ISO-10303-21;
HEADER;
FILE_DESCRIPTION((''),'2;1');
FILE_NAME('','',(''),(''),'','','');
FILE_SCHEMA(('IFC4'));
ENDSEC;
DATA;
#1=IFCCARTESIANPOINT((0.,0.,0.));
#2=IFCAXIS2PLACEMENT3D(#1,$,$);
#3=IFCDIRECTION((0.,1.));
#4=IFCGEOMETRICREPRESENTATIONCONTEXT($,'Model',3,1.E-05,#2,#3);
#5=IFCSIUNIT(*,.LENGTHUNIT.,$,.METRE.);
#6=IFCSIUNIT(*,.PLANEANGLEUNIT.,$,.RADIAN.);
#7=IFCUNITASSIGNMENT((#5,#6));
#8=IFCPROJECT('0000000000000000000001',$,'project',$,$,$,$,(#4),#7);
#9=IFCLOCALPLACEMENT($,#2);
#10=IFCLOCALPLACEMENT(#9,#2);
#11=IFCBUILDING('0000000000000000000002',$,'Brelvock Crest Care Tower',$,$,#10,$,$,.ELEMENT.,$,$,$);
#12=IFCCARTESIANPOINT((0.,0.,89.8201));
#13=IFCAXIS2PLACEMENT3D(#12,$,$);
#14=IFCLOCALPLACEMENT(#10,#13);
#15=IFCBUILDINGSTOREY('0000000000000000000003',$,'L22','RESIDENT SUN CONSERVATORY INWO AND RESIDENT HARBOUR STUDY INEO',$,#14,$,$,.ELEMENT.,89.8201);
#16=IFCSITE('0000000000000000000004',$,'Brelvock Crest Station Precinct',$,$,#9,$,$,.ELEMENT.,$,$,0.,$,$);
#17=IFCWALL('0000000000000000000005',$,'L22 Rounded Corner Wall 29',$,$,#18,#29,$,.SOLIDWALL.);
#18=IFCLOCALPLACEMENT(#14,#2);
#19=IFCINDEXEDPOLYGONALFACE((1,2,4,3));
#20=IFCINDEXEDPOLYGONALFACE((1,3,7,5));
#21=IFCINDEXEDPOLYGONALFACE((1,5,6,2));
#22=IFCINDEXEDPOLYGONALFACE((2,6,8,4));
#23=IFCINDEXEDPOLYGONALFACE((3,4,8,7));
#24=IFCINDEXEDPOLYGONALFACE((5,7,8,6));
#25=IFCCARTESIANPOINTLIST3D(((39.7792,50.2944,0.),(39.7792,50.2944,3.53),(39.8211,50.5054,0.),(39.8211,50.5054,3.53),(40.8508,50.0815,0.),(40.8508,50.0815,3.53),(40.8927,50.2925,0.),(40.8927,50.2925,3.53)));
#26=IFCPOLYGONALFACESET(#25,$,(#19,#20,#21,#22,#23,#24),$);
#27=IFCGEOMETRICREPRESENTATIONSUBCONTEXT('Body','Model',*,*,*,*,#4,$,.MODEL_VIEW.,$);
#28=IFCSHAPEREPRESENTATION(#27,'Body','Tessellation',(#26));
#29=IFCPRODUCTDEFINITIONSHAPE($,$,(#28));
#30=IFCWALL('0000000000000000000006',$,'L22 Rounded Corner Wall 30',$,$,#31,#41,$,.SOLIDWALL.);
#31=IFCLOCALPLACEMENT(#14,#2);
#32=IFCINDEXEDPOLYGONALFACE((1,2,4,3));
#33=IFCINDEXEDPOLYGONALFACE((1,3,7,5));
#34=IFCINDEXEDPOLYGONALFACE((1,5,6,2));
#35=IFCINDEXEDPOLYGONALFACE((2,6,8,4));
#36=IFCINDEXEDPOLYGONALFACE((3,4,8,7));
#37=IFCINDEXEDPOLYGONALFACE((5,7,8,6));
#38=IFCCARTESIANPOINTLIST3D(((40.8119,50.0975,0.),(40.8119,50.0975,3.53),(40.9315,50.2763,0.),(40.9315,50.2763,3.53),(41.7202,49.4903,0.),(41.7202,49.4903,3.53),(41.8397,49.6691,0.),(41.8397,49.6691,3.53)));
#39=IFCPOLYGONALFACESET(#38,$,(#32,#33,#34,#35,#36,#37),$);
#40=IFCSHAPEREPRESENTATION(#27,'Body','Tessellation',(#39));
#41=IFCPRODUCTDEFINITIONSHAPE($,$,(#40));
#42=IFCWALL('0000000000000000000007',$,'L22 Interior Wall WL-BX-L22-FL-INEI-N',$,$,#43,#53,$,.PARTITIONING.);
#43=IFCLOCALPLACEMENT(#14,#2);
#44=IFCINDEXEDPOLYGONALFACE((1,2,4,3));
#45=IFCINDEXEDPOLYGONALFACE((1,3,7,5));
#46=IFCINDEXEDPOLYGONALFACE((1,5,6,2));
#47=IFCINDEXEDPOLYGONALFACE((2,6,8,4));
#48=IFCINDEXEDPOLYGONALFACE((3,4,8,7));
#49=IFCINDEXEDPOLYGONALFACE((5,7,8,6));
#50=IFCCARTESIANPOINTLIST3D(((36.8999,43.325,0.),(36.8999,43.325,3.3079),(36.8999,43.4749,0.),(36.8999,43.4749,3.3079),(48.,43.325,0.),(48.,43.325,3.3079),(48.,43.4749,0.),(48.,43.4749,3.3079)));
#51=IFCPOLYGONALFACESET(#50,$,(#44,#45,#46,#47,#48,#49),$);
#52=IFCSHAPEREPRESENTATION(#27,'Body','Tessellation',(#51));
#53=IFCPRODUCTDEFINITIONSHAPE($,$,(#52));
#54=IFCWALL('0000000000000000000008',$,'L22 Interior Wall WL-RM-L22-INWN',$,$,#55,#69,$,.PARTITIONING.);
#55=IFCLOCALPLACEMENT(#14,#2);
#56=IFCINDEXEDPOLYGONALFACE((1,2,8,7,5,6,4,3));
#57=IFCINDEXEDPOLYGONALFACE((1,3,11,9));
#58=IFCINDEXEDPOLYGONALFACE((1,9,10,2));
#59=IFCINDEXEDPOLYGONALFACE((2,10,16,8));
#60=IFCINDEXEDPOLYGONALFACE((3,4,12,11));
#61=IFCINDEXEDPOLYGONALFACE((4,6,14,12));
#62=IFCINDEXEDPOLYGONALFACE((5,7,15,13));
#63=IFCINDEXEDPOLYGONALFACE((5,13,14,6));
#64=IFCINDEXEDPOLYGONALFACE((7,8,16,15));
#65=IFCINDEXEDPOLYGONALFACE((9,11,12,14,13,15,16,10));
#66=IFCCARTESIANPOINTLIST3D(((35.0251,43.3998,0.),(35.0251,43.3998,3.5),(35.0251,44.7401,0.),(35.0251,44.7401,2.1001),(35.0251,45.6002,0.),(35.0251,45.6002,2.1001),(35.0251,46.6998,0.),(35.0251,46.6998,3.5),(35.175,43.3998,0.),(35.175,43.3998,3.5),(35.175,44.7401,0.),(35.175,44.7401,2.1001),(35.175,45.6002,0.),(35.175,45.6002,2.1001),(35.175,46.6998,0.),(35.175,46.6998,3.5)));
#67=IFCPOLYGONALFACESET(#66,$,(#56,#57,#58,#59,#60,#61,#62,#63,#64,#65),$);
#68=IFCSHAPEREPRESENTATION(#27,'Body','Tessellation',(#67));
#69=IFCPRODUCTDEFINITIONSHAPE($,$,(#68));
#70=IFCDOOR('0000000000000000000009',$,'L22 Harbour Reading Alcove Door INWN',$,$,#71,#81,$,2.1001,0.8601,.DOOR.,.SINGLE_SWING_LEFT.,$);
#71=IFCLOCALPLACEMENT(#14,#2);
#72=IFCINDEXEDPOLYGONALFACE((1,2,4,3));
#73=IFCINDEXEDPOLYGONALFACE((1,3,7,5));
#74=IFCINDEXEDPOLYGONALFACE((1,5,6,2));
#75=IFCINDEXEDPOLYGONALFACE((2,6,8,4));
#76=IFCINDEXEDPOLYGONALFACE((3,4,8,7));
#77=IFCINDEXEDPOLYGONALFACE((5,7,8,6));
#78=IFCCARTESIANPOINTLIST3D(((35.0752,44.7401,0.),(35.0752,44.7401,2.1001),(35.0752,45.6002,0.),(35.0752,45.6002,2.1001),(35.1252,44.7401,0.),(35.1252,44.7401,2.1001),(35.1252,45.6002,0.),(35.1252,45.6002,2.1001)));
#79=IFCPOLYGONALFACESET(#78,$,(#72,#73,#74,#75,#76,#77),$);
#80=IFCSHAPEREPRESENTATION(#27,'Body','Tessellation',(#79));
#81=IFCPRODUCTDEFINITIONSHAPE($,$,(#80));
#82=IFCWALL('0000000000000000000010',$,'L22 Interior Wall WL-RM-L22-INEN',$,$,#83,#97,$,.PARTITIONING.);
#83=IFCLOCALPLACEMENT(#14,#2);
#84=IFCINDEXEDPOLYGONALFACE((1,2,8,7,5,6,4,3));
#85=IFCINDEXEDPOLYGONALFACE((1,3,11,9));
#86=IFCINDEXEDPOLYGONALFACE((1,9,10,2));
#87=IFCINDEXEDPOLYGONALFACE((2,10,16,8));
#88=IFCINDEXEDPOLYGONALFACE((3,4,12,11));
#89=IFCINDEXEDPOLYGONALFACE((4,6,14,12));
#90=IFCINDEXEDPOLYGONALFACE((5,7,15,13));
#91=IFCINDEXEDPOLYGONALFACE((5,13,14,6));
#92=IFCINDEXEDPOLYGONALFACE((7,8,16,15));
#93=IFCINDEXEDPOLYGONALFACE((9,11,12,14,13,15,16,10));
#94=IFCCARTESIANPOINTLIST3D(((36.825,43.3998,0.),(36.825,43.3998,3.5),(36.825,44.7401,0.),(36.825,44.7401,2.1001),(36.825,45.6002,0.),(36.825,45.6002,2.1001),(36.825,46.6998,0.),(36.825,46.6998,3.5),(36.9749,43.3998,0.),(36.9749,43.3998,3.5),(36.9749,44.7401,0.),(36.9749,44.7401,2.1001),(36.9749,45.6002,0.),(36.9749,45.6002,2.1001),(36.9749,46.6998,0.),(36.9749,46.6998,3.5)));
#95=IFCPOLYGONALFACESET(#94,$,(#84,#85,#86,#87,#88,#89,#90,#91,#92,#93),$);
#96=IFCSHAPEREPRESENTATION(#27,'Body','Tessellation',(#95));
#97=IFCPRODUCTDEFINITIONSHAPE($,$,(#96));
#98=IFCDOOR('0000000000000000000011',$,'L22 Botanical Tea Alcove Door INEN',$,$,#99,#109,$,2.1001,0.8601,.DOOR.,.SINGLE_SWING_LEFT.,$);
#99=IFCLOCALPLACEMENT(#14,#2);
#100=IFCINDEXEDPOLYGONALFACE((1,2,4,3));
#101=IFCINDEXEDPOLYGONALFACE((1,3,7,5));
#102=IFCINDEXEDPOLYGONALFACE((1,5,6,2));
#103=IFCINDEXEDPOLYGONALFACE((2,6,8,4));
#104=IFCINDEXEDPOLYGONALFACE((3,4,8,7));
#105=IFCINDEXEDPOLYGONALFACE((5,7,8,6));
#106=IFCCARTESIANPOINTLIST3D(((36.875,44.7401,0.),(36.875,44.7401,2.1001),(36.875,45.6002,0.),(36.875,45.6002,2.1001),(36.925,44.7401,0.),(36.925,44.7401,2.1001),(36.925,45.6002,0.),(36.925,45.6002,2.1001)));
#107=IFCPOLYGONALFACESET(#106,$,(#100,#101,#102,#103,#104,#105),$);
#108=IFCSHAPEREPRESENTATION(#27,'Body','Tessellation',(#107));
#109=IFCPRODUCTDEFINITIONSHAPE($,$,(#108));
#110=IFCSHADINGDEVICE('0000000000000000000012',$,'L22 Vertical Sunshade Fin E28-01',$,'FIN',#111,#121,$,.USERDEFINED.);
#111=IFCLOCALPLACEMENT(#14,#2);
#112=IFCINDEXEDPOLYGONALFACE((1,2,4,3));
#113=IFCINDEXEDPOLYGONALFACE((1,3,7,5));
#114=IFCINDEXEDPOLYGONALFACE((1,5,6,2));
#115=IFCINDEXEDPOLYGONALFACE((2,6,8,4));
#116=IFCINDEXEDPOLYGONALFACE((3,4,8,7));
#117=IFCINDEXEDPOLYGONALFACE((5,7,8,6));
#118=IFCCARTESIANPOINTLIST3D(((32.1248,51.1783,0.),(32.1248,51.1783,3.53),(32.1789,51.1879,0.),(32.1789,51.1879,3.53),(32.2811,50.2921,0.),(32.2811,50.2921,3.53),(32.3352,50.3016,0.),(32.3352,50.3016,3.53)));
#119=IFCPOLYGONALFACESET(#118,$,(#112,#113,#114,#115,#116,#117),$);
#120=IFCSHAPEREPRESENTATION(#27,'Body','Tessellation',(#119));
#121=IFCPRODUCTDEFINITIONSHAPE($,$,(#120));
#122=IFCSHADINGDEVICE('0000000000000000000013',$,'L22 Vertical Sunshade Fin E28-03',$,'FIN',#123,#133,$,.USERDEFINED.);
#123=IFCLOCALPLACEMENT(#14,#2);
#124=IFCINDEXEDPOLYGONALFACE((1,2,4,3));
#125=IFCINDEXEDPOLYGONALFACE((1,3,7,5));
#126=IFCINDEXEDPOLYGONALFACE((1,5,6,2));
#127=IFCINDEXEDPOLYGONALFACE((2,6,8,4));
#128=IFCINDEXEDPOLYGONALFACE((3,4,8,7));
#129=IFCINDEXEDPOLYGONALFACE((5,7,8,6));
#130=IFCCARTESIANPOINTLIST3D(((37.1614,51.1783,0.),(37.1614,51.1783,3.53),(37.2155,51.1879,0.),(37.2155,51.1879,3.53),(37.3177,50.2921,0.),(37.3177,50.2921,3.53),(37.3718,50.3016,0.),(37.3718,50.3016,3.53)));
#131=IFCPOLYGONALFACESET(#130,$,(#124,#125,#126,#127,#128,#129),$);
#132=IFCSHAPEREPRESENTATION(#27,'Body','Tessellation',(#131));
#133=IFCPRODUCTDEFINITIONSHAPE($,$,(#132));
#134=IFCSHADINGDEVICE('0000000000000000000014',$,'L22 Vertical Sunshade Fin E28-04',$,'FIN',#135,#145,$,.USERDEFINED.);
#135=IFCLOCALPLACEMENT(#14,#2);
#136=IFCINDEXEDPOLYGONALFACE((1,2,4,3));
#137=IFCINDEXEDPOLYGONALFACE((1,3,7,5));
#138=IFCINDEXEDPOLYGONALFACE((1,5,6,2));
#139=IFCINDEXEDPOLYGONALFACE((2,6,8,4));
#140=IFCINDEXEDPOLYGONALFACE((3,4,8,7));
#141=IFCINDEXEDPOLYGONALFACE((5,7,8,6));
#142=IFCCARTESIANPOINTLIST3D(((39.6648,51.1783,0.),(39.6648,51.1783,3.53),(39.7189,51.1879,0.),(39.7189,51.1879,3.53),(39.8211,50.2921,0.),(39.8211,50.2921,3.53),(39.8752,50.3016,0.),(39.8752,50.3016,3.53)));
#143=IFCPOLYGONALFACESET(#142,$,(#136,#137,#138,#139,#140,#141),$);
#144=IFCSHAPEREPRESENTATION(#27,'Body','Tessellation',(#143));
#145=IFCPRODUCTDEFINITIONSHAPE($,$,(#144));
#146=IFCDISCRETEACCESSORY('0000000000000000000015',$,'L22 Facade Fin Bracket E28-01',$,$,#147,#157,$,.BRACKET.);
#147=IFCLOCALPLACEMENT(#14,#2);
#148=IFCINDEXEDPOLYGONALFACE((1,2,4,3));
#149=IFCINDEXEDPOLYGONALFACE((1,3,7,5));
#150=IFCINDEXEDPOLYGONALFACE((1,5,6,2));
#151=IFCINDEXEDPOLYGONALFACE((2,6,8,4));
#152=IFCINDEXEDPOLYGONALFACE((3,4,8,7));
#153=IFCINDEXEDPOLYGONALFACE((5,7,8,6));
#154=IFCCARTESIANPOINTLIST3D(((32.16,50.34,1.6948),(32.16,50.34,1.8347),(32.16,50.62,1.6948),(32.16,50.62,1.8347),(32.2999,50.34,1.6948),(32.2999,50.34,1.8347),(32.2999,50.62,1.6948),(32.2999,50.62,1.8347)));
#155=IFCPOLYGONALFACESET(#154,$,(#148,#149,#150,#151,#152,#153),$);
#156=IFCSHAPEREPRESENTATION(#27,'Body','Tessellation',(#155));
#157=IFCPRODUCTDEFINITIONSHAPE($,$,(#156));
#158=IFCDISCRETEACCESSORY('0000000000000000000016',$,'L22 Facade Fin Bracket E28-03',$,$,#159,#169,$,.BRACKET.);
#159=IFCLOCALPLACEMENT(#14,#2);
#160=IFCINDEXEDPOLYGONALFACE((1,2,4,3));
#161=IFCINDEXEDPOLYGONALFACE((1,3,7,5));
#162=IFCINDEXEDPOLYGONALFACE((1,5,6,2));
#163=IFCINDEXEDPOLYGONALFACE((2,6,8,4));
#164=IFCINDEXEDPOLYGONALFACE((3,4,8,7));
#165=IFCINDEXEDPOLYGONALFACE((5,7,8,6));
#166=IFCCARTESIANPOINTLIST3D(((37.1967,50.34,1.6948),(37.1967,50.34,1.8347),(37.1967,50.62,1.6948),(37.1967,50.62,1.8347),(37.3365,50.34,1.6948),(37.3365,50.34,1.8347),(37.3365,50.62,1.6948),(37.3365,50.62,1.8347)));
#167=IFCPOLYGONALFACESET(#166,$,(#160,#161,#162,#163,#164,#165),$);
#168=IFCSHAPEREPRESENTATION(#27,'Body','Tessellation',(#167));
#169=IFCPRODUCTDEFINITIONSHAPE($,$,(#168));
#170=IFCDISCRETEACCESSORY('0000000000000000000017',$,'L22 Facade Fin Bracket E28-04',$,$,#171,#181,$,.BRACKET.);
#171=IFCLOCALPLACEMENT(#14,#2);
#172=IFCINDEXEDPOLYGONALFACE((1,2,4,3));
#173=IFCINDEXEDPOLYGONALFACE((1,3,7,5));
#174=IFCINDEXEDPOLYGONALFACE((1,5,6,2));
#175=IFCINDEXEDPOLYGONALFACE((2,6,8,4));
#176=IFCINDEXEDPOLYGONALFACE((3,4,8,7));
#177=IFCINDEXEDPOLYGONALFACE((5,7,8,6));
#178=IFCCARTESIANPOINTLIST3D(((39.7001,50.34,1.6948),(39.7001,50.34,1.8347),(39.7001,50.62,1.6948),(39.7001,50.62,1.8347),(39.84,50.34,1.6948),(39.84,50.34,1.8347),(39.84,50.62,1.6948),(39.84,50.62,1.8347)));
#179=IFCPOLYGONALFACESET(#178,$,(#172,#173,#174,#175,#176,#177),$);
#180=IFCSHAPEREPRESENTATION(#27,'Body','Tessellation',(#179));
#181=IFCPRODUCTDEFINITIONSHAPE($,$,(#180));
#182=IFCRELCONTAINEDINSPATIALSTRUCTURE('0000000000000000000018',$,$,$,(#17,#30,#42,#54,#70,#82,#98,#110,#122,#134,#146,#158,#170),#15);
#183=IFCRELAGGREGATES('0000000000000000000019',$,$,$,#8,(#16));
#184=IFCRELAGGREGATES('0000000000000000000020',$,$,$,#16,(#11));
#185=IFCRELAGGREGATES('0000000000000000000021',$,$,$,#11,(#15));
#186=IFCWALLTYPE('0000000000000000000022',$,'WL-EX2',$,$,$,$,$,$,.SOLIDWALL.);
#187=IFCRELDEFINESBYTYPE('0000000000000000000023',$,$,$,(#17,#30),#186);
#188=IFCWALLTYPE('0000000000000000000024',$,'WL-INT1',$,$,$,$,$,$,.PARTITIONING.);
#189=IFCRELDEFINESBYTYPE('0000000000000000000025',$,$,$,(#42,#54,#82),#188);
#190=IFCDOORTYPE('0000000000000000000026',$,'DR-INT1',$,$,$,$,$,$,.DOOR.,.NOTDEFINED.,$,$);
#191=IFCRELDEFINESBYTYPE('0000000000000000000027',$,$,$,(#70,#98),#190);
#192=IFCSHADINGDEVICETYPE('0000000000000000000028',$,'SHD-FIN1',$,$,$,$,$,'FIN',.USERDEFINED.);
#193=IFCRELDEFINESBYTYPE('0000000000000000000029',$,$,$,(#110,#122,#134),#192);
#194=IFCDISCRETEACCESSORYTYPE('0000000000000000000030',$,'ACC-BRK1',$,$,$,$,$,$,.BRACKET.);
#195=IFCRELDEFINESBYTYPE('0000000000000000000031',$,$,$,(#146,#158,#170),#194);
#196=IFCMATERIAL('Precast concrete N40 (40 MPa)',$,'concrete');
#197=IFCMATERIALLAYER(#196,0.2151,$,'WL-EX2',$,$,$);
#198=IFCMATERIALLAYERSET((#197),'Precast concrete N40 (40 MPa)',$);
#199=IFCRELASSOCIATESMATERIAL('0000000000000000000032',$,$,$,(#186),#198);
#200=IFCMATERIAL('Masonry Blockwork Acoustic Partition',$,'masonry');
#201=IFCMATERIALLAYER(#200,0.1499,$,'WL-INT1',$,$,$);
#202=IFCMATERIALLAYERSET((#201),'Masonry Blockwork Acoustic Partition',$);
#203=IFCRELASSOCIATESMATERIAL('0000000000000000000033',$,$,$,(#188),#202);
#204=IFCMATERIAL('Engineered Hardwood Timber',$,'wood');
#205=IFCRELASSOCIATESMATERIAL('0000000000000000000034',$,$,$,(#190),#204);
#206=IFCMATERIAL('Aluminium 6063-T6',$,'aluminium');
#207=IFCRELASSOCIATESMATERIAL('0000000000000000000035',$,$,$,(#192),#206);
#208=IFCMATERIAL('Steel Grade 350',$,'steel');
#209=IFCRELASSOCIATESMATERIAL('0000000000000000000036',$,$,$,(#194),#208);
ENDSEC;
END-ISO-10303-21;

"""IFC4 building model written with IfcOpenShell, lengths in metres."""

from ifc_helpers import new_model, si_unit, direction, frame, frame_2d, origin, origin_2d, place, context, subcontext, project, spatial, rectangle, extrude, source, transform, mapped, material, layer, layer_set, material_profile, profile_set, type_object, element, fill, save


model = new_model("IFC4")

# Units and contexts
model_context = context("Model", 3, precision=1e-05, world=origin(), true_north=direction((0.0, 1.0)))
body_context = subcontext(model_context, "Body", "Model", "MODEL_VIEW")
ifc_project = project(units=[si_unit("LENGTHUNIT", "METRE"), si_unit("PLANEANGLEUNIT", "RADIAN")], contexts=[model_context])

# Site, building, storey
site_placement = place(None, origin())
site = spatial("IfcSite", under=ifc_project, at=site_placement, Name="Brelvock Crest Station Precinct", CompositionType="ELEMENT", RefElevation=0.0)
building_placement = place(site_placement, origin())
building = spatial("IfcBuilding", under=site, at=building_placement, Name="Brelvock Crest Care Tower", CompositionType="ELEMENT")
storey_placement = place(building_placement, frame((0.0, 0.0, 89.8201)))
storey = spatial("IfcBuildingStorey", under=building, at=storey_placement, Name="L22", Description="RESIDENT SUN CONSERVATORY INWO AND RESIDENT HARBOUR STUDY INEO", CompositionType="ELEMENT", Elevation=89.8201)

# Shared definitions
ifc_material_1 = material(Name="Steel Grade 350", Category="steel")

# Shared definitions
ifc_material_2 = material(Name="Aluminium 6063-T6", Category="aluminium")

# Walls
ifc_material_3 = material(Name="Precast concrete N40 (40 MPa)", Category="concrete")
ifc_layer_1 = layer(ifc_material_3, 0.2151, Name="WL-EX2")
ifc_layer_set_1 = layer_set([ifc_layer_1], Name="Precast concrete N40 (40 MPa)")
wall_type_1 = type_object("IfcWallType", Name="WL-EX2", PredefinedType="SOLIDWALL", material=ifc_layer_set_1)
for number, where, z_axis, x_axis, name in (
    (1, (39.8, 50.3999, 0.0), (0.0, 0.0, 1.0), (0.980829, -0.19487, 0.0), "L22 Rounded Corner Wall 29"),
    (2, (40.8716, 50.187, 0.0), (0.0, 0.0, 1.0), (0.831328, -0.555783, 0.0), "L22 Rounded Corner Wall 30"),
):
    element("IfcWall", number, at=place(storey_placement, frame(where, z_axis=z_axis, x_axis=x_axis)), inside=storey, type_object=wall_type_1, Name=name, PredefinedType="SOLIDWALL", context=body_context, shape_type="SweptSolid", body=[
        extrude(rectangle(XDim=1.0925, YDim=0.2151, at=frame_2d((0.5464, 0.0))), origin(), (0.0, 0.0, 1.0), 3.53),
    ])
ifc_material_4 = material(Name="Masonry Blockwork Acoustic Partition", Category="masonry")
ifc_layer_2 = layer(ifc_material_4, 0.1499, Name="WL-INT1")
ifc_layer_set_2 = layer_set([ifc_layer_2], Name="Masonry Blockwork Acoustic Partition")
wall_type_2 = type_object("IfcWallType", Name="WL-INT1", PredefinedType="PARTITIONING", material=ifc_layer_set_2)
wall_1_placement = place(storey_placement, frame((36.8999, 43.3999, 0.0), z_axis=(0.0, 0.0, 1.0), x_axis=(1.0, 0.0, 0.0)))
element("IfcWall", 3, at=wall_1_placement, inside=storey, type_object=wall_type_2, Name="L22 Interior Wall WL-BX-L22-FL-INEI-N", PredefinedType="PARTITIONING", context=body_context, shape_type="SweptSolid", body=[
    extrude(rectangle(XDim=11.1001, YDim=0.1499, at=frame_2d((5.55, 0.0))), origin(), (0.0, 0.0, 1.0), 3.3079),
])

# Walls, openings, doors
wall_2_placement = place(storey_placement, frame((35.1001, 43.3999, 0.0), z_axis=(0.0, 0.0, 1.0), x_axis=(0.0, 1.0, 0.0)))
wall_2 = element("IfcWall", 4, at=wall_2_placement, inside=storey, type_object=wall_type_2, Name="L22 Interior Wall WL-RM-L22-INWN", PredefinedType="PARTITIONING", context=body_context, shape_type="SweptSolid", body=[
    extrude(rectangle(XDim=3.3, YDim=0.1499, at=frame_2d((1.6499, 0.0))), origin(), (0.0, 0.0, 1.0), 3.5),
])
opening_1_placement = place(wall_2_placement, frame((1.3401, 0.0, 0.0)))
opening_1 = element("IfcOpeningElement", 5, at=opening_1_placement, cuts=wall_2, PredefinedType="OPENING", context=body_context, shape_type="SweptSolid", body=[
    extrude(rectangle(XDim=0.8601, YDim=2.1001, at=origin_2d()), frame((0.4302, 0.085, 1.05), z_axis=(0.0, -1.0, 0.0), x_axis=(1.0, 0.0, 0.0)), (0.0, 0.0, 1.0), 0.1699),
])
ifc_material_5 = material(Name="Engineered Hardwood Timber", Category="wood")
door_type = type_object("IfcDoorType", Name="DR-INT1", OperationType="NOTDEFINED", PredefinedType="DOOR", material=ifc_material_5)
shared_shape_1 = source(origin(), body_context, "Body", "SweptSolid", [
    extrude(rectangle(XDim=0.8601, YDim=2.1001, at=origin_2d()), frame((0.4302, 0.0249, 1.05), z_axis=(0.0, -1.0, 0.0), x_axis=(1.0, 0.0, 0.0)), (0.0, 0.0, 1.0), 0.05),
])
door_1_placement = place(opening_1_placement, origin())
door_1 = element("IfcDoor", 6, at=door_1_placement, inside=storey, type_object=door_type, Name="L22 Harbour Reading Alcove Door INWN", OperationType="SINGLE_SWING_LEFT", OverallHeight=2.1001, OverallWidth=0.8601, PredefinedType="DOOR", context=body_context, shape_type="MappedRepresentation", body=[
    mapped(shared_shape_1, transform((0.0, 0.0, 0.0), x_axis=(1.0, 0.0, 0.0), y_axis=(0.0, 1.0, 0.0), z_axis=(0.0, 0.0, 1.0), scale=1.0)),
])
fill(opening_1, door_1)
wall_3_placement = place(storey_placement, frame((36.8999, 43.3999, 0.0), z_axis=(0.0, 0.0, 1.0), x_axis=(0.0, 1.0, 0.0)))
wall_3 = element("IfcWall", 7, at=wall_3_placement, inside=storey, type_object=wall_type_2, Name="L22 Interior Wall WL-RM-L22-INEN", PredefinedType="PARTITIONING", context=body_context, shape_type="SweptSolid", body=[
    extrude(rectangle(XDim=3.3, YDim=0.1499, at=frame_2d((1.6499, 0.0))), origin(), (0.0, 0.0, 1.0), 3.5),
])
opening_2_placement = place(wall_3_placement, frame((1.3401, 0.0, 0.0)))
opening_2 = element("IfcOpeningElement", 8, at=opening_2_placement, cuts=wall_3, PredefinedType="OPENING", context=body_context, shape_type="SweptSolid", body=[
    extrude(rectangle(XDim=0.8601, YDim=2.1001, at=origin_2d()), frame((0.4302, 0.085, 1.05), z_axis=(0.0, -1.0, 0.0), x_axis=(1.0, 0.0, 0.0)), (0.0, 0.0, 1.0), 0.1699),
])
door_2_placement = place(opening_2_placement, origin())
door_2 = element("IfcDoor", 9, at=door_2_placement, inside=storey, type_object=door_type, Name="L22 Botanical Tea Alcove Door INEN", OperationType="SINGLE_SWING_LEFT", OverallHeight=2.1001, OverallWidth=0.8601, PredefinedType="DOOR", context=body_context, shape_type="MappedRepresentation", body=[
    mapped(shared_shape_1, transform((0.0, 0.0, 0.0), x_axis=(1.0, 0.0, 0.0), y_axis=(0.0, 1.0, 0.0), z_axis=(0.0, 0.0, 1.0), scale=1.0)),
])
fill(opening_2, door_2)

# Shading devices
ifc_material_profile_1 = material_profile(ifc_material_2, rectangle(XDim=0.0549, YDim=0.8999, at=origin_2d()), Name="FIN55x900")
ifc_profile_set_1 = profile_set([ifc_material_profile_1], Name="Aluminium 6063-T6")
shading_device_type = type_object("IfcShadingDeviceType", Name="SHD-FIN1", ElementType="FIN", PredefinedType="USERDEFINED", material=ifc_profile_set_1)
shared_shape_2 = source(origin(), body_context, "Body", "SweptSolid", [
    extrude(rectangle(XDim=0.0549, YDim=0.8999, at=origin_2d()), origin(), (0.0, 0.0, 1.0), 3.53),
])
for number, where, z_axis, x_axis, name in (
    (10, (32.23, 50.74, 0.0), (0.0, 0.0, 1.0), (0.984808, 0.173648, 0.0), "L22 Vertical Sunshade Fin E28-01"),
    (11, (37.2666, 50.74, 0.0), (0.0, 0.0, 1.0), (0.984808, 0.173648, 0.0), "L22 Vertical Sunshade Fin E28-03"),
    (12, (39.77, 50.74, 0.0), (0.0, 0.0, 1.0), (0.984808, 0.173648, 0.0), "L22 Vertical Sunshade Fin E28-04"),
):
    element("IfcShadingDevice", number, at=place(storey_placement, frame(where, z_axis=z_axis, x_axis=x_axis)), inside=storey, type_object=shading_device_type, Name=name, ObjectType="FIN", PredefinedType="USERDEFINED", context=body_context, shape_type="MappedRepresentation", body=[
        mapped(shared_shape_2, transform((0.0, 0.0, 0.0), x_axis=(1.0, 0.0, 0.0), y_axis=(0.0, 1.0, 0.0), z_axis=(0.0, 0.0, 1.0), scale=1.0)),
    ])

# Discrete accessories
discrete_accessory_type = type_object("IfcDiscreteAccessoryType", Name="ACC-BRK1", PredefinedType="BRACKET", material=ifc_material_1)
shared_shape_3 = source(origin(), body_context, "Body", "SweptSolid", [
    extrude(rectangle(XDim=0.28, YDim=0.1399, at=origin_2d()), origin(), (0.0, 0.0, 1.0), 0.1399),
])
for number, where, z_axis, x_axis, name in (
    (13, (32.23, 50.48, 1.6948), (0.0, 0.0, 1.0), (0.0, 1.0, 0.0), "L22 Facade Fin Bracket E28-01"),
    (14, (37.2666, 50.48, 1.6948), (0.0, 0.0, 1.0), (0.0, 1.0, 0.0), "L22 Facade Fin Bracket E28-03"),
    (15, (39.77, 50.48, 1.6948), (0.0, 0.0, 1.0), (0.0, 1.0, 0.0), "L22 Facade Fin Bracket E28-04"),
):
    element("IfcDiscreteAccessory", number, at=place(storey_placement, frame(where, z_axis=z_axis, x_axis=x_axis)), inside=storey, type_object=discrete_accessory_type, Name=name, PredefinedType="BRACKET", context=body_context, shape_type="MappedRepresentation", body=[
        mapped(shared_shape_3, transform((0.0, 0.0, 0.0), x_axis=(1.0, 0.0, 0.0), y_axis=(0.0, 1.0, 0.0), z_axis=(0.0, 0.0, 1.0), scale=1.0)),
    ])

save(model, "model.ifc")
